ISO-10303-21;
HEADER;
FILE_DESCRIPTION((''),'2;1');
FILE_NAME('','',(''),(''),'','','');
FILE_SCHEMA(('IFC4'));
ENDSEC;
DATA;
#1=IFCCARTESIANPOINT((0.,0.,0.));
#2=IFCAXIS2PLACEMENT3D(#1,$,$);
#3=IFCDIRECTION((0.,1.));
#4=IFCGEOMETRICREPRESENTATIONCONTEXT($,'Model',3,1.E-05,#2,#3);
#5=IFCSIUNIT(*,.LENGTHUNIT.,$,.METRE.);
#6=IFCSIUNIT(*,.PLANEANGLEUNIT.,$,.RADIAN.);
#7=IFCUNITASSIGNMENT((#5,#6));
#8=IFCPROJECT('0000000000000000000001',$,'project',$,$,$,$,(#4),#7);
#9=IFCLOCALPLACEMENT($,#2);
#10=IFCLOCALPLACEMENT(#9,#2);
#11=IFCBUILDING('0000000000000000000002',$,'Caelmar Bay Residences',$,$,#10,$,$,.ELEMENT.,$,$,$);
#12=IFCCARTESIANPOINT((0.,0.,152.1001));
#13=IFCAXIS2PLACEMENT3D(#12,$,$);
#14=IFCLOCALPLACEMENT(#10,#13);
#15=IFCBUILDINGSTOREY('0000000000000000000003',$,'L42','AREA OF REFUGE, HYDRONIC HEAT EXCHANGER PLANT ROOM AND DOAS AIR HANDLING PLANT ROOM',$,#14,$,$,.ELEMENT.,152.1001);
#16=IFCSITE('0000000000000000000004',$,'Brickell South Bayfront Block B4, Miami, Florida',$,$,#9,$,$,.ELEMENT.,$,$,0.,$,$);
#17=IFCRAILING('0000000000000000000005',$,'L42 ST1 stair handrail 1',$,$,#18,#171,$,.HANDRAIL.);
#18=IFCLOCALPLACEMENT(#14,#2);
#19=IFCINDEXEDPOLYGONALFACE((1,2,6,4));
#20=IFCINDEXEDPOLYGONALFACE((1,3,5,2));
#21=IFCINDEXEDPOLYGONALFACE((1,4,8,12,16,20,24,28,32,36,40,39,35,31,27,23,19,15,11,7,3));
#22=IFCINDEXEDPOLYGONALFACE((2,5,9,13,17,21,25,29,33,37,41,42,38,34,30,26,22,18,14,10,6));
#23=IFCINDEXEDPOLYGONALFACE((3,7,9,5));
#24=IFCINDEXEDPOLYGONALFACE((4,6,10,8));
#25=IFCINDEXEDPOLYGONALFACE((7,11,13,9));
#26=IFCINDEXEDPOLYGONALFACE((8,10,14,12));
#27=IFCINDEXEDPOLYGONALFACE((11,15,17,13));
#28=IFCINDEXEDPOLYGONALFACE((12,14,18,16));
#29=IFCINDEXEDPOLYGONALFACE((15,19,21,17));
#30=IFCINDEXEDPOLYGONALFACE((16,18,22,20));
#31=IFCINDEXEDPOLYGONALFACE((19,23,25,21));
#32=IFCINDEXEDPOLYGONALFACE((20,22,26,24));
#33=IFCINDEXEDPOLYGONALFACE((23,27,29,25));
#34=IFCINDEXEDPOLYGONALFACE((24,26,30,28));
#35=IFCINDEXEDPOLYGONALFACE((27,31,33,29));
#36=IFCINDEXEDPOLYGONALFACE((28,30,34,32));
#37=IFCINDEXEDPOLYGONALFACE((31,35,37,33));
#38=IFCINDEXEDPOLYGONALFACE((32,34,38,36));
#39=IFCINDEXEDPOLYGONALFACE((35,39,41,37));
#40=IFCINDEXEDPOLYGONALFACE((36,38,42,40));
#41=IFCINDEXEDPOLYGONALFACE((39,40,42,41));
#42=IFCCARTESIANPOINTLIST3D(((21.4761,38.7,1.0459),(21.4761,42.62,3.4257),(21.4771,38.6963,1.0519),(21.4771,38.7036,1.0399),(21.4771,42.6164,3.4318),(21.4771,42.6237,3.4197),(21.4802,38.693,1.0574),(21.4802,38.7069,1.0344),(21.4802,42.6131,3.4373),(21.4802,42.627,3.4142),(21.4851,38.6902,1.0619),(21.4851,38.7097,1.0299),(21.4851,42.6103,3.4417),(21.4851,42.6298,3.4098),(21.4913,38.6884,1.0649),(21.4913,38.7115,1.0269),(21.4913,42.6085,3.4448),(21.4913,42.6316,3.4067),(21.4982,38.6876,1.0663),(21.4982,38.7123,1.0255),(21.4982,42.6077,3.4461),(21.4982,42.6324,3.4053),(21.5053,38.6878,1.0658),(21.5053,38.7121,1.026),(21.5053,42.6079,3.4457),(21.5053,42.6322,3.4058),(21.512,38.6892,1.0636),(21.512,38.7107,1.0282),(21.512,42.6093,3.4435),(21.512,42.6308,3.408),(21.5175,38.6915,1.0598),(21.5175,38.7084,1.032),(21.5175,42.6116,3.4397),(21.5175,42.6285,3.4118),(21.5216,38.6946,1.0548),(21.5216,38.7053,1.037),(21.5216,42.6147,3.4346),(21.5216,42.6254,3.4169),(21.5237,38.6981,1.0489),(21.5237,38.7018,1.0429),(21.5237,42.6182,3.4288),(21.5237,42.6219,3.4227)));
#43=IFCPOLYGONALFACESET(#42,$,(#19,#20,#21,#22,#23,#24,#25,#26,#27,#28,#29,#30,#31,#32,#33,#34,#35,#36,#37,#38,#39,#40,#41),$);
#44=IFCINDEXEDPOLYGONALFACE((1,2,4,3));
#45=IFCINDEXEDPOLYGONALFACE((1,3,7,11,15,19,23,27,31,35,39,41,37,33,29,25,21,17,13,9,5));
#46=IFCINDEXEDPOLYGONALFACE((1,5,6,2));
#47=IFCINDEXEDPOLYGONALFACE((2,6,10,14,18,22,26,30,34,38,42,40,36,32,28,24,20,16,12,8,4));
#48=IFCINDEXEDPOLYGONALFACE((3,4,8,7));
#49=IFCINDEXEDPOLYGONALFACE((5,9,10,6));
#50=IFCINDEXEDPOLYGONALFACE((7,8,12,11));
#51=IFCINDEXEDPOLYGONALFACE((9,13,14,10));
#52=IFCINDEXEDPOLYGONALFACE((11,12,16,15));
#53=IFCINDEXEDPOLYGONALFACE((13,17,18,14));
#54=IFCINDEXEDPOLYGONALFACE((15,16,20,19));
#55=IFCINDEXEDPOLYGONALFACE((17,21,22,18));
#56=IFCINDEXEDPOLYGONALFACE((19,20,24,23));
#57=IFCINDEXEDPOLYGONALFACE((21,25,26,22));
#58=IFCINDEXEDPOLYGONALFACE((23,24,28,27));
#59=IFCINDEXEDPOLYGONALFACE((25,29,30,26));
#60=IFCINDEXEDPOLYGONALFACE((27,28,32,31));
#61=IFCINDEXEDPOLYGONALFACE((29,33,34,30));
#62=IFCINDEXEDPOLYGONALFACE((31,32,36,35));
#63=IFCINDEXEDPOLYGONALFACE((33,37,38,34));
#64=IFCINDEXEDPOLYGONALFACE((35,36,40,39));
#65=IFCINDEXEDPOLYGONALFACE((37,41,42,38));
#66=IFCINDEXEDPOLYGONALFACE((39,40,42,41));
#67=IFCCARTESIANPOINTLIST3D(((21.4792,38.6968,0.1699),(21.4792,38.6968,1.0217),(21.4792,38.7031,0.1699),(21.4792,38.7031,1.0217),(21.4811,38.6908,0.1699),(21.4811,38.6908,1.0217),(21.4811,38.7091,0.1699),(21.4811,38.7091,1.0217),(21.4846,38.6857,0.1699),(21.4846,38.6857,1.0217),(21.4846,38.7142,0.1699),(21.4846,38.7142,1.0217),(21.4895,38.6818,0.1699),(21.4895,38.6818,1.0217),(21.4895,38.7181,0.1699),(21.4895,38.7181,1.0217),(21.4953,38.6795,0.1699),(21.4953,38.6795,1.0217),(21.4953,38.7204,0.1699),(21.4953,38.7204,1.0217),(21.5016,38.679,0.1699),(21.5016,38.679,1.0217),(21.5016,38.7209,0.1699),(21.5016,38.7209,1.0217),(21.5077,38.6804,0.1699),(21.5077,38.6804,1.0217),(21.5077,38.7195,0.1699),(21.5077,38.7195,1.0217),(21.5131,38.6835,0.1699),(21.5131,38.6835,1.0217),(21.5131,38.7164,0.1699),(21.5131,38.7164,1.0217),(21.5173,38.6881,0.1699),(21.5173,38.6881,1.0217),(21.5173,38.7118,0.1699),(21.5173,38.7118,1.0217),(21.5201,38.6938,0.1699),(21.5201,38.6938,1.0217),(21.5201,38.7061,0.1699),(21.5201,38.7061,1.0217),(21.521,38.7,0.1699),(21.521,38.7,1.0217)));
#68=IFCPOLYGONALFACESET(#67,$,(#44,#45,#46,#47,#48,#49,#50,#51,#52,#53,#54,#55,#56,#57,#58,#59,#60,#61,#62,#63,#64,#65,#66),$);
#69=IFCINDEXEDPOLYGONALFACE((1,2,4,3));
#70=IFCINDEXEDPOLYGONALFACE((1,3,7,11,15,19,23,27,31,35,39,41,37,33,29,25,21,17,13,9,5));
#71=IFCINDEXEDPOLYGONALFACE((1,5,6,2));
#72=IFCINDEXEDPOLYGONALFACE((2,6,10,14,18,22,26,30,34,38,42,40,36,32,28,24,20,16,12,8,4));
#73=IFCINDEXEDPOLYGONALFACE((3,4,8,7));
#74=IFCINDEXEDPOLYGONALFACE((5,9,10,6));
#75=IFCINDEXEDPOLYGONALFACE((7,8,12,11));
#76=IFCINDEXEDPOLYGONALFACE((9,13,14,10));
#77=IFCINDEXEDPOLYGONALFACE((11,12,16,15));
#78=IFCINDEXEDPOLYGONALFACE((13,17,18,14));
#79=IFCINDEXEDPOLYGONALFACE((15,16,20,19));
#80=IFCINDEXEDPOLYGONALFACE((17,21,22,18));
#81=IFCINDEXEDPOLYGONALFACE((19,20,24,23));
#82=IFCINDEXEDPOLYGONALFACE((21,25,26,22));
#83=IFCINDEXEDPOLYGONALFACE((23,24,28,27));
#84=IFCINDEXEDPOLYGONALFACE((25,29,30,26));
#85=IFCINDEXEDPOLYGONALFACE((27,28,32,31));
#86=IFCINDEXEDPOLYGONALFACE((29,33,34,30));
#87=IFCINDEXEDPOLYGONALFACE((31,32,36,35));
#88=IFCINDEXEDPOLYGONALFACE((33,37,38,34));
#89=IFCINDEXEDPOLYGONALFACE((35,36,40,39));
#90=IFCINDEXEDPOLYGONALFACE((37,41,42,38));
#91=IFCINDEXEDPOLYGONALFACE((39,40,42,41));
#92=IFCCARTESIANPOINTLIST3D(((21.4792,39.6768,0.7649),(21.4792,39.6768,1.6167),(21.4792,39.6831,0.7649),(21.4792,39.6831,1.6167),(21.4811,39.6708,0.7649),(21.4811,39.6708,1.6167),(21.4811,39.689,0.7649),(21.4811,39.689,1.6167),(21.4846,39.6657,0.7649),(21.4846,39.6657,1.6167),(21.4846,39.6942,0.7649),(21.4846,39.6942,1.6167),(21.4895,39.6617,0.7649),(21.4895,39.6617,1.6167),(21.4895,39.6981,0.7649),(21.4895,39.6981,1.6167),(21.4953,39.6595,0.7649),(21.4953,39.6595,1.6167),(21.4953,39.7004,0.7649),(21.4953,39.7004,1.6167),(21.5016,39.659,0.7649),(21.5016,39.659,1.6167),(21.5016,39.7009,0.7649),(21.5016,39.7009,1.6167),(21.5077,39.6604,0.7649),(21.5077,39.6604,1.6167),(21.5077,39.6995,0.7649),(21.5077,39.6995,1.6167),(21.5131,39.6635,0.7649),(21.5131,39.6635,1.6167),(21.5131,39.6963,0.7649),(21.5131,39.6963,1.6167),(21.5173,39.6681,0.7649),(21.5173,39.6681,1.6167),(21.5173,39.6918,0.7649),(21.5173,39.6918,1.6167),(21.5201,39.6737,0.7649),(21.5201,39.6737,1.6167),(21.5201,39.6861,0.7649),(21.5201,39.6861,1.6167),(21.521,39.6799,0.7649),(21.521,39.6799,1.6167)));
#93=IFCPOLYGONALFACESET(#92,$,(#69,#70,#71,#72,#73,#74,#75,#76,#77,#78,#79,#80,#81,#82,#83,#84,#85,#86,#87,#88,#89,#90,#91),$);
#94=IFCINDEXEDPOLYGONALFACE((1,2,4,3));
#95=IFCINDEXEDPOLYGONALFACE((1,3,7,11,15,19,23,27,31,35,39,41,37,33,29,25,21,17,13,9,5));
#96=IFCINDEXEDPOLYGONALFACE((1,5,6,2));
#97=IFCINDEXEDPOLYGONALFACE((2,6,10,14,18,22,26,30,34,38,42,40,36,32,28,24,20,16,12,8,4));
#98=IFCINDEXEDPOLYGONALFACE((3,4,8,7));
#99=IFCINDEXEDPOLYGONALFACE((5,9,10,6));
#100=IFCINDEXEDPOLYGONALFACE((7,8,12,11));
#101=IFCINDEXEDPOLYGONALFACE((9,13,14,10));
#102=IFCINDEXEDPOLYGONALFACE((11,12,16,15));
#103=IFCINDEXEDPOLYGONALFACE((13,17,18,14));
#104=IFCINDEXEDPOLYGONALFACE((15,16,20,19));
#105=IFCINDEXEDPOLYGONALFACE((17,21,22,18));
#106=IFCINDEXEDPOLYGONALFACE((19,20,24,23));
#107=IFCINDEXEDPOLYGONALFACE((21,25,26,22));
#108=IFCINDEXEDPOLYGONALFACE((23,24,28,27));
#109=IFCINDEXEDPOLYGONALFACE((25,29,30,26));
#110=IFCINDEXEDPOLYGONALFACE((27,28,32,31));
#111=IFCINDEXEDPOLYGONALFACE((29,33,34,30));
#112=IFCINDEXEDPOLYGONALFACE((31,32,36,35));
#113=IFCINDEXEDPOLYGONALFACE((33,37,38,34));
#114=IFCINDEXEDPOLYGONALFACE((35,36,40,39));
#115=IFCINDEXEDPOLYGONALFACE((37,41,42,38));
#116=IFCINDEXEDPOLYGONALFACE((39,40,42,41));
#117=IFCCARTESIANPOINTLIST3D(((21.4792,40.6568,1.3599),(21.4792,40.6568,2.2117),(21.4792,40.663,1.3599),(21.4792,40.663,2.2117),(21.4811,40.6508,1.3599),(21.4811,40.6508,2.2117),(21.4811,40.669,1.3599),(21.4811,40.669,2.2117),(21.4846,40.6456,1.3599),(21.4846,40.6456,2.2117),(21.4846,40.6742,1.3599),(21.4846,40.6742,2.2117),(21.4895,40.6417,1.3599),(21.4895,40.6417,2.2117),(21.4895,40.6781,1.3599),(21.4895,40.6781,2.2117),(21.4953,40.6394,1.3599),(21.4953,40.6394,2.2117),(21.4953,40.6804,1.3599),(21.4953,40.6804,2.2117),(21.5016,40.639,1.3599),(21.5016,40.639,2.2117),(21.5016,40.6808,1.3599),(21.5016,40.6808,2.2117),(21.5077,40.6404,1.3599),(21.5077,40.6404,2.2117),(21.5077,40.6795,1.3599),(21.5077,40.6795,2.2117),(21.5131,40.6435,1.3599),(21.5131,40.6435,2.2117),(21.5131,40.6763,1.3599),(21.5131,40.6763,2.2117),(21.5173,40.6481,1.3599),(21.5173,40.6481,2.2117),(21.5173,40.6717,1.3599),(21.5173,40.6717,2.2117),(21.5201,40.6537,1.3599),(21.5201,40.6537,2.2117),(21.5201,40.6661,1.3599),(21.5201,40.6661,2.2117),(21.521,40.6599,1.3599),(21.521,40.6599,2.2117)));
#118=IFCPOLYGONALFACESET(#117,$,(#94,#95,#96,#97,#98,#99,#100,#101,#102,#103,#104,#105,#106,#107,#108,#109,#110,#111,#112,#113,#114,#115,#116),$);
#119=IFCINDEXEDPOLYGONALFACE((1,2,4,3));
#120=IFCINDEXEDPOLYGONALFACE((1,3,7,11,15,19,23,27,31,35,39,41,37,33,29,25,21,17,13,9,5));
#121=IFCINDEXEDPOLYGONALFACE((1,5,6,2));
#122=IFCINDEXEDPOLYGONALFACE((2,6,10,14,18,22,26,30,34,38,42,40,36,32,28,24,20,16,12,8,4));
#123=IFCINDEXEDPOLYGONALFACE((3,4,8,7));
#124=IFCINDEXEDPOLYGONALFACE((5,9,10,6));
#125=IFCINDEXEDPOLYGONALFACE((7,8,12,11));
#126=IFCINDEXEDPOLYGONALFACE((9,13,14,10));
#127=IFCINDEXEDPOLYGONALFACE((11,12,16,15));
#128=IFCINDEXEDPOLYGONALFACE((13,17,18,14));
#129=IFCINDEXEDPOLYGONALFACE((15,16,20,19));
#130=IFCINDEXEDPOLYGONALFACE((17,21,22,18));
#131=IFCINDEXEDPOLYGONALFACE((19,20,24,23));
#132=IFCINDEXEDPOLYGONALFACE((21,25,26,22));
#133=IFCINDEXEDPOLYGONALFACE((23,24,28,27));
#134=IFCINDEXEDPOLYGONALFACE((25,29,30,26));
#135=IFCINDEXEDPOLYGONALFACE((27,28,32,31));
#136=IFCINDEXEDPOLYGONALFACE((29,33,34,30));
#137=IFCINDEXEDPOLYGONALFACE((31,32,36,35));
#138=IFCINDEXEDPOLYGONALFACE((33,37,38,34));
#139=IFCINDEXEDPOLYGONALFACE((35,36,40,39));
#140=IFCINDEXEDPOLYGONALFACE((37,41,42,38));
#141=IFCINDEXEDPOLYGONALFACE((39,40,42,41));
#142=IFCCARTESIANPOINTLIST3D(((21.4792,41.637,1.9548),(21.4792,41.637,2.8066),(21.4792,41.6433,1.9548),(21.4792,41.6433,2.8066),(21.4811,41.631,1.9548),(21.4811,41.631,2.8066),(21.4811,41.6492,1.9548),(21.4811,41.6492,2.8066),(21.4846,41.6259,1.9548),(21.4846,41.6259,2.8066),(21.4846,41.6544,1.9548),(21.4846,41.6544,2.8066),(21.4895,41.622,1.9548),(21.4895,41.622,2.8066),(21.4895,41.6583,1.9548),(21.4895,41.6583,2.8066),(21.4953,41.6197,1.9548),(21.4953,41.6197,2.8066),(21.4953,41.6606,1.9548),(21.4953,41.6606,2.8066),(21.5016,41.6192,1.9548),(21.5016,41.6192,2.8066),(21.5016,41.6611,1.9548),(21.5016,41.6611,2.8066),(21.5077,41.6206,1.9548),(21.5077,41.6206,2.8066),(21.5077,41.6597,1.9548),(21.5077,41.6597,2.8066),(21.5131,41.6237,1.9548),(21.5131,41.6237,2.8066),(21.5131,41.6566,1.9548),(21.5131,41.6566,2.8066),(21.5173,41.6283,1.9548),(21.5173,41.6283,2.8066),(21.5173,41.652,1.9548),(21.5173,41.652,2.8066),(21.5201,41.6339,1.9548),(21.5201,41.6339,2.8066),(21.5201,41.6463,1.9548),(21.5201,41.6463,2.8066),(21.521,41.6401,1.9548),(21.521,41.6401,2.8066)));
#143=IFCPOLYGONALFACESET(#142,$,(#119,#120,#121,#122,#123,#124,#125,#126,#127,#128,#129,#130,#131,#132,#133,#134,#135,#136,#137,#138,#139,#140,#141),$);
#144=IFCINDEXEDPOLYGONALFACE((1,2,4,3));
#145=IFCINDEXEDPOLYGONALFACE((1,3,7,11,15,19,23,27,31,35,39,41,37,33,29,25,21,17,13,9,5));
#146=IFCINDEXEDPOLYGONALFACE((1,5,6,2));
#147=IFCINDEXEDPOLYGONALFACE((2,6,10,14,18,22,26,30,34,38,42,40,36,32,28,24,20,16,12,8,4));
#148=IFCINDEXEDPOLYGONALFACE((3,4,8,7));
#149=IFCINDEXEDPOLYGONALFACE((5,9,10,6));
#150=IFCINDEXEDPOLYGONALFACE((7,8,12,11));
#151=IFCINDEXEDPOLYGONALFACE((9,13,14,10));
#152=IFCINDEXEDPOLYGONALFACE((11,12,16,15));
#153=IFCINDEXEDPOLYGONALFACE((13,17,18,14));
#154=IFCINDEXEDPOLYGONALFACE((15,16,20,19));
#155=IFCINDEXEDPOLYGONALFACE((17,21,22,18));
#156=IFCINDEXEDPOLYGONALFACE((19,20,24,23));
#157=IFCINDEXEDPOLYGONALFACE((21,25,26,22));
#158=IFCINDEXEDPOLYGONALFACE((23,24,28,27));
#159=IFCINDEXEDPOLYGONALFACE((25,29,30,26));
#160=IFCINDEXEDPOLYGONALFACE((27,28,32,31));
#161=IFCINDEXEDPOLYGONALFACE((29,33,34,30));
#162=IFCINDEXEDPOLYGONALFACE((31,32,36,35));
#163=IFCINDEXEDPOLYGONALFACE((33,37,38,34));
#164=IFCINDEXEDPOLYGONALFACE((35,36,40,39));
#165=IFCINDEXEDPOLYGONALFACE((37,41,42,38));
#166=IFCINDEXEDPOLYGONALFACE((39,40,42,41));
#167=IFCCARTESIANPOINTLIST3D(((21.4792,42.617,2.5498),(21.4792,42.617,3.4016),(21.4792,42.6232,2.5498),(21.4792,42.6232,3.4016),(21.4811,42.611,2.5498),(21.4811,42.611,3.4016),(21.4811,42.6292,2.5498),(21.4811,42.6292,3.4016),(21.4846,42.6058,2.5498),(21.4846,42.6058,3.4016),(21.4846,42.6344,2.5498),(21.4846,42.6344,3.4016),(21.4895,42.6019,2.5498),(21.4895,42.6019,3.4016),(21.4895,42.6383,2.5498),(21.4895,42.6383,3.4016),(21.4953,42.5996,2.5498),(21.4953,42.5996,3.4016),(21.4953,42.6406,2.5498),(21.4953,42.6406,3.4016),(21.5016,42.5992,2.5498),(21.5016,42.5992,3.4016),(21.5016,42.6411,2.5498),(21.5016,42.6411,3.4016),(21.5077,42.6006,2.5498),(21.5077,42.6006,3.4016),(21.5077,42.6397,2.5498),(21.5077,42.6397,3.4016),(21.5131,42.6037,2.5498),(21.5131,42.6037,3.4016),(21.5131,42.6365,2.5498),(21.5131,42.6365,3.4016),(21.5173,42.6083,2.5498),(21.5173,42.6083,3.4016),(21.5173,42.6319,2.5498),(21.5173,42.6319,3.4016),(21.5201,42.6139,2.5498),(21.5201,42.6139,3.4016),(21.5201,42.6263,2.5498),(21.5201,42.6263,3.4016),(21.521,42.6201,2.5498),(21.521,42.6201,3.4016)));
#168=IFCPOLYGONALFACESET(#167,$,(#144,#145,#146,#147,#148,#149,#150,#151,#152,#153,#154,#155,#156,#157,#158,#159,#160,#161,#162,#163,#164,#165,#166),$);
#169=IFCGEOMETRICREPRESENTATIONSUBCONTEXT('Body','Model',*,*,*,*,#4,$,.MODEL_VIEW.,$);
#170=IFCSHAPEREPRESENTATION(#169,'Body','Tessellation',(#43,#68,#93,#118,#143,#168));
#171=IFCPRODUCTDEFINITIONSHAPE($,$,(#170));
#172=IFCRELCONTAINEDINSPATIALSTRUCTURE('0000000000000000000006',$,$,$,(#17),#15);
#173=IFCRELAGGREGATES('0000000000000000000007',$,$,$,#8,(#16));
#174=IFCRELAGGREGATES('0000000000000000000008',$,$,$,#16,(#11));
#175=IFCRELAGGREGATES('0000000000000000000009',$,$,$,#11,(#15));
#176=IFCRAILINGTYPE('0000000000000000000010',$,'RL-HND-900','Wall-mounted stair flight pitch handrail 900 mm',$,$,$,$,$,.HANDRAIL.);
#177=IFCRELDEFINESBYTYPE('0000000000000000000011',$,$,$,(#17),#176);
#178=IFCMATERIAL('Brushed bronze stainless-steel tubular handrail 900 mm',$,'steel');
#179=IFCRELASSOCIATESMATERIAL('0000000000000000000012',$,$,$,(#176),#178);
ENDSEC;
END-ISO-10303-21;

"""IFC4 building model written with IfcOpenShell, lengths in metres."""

from ifc_helpers import new_model, si_unit, direction, frame, origin, origin_2d, place, context, subcontext, project, spatial, circle, extrude, material, type_object, element, save


model = new_model("IFC4")

# Units and contexts
model_context = context("Model", 3, precision=1e-05, world=origin(), true_north=direction((0.0, 1.0)))
body_context = subcontext(model_context, "Body", "Model", "MODEL_VIEW")
ifc_project = project(units=[si_unit("LENGTHUNIT", "METRE"), si_unit("PLANEANGLEUNIT", "RADIAN")], contexts=[model_context])

# Site, building, storey
site_placement = place(None, origin())
site = spatial("IfcSite", under=ifc_project, at=site_placement, Name="Brickell South Bayfront Block B4, Miami, Florida", CompositionType="ELEMENT", RefElevation=0.0)
building_placement = place(site_placement, origin())
building = spatial("IfcBuilding", under=site, at=building_placement, Name="Caelmar Bay Residences", CompositionType="ELEMENT")
storey_placement = place(building_placement, frame((0.0, 0.0, 152.1001)))
storey = spatial("IfcBuildingStorey", under=building, at=storey_placement, Name="L42", Description="AREA OF REFUGE, HYDRONIC HEAT EXCHANGER PLANT ROOM AND DOAS AIR HANDLING PLANT ROOM", CompositionType="ELEMENT", Elevation=152.1001)

# Railing
ifc_material_1 = material(Name="Brushed bronze stainless-steel tubular handrail 900 mm", Category="steel")
railing_type_1 = type_object("IfcRailingType", Name="RL-HND-900", Description="Wall-mounted stair flight pitch handrail 900 mm", PredefinedType="HANDRAIL", material=ifc_material_1)
railing_1_placement = place(storey_placement, frame((21.5, 38.7, 0.1699)))
element("IfcRailing", 1, at=railing_1_placement, inside=storey, type_object=railing_type_1, Name="L42 ST1 stair handrail 1", PredefinedType="HANDRAIL", context=body_context, shape_type="SweptSolid", body=[
    extrude(circle(Radius=0.0239, at=origin_2d()), frame((0.0, 0.0, 0.876), z_axis=(0.0, 0.854809, 0.518943), x_axis=(-1.0, 0.0, 0.0)), (0.0, 0.0, 1.0), 4.5859),
    extrude(circle(Radius=0.021, at=origin_2d()), origin(), (0.0, 0.0, 1.0), 0.8518),
    extrude(circle(Radius=0.021, at=origin_2d()), frame((0.0, 0.98, 0.595)), (0.0, 0.0, 1.0), 0.8518),
    extrude(circle(Radius=0.021, at=origin_2d()), frame((0.0, 1.96, 1.1899)), (0.0, 0.0, 1.0), 0.8518),
    extrude(circle(Radius=0.021, at=origin_2d()), frame((0.0, 2.9402, 1.7849)), (0.0, 0.0, 1.0), 0.8518),
    extrude(circle(Radius=0.021, at=origin_2d()), frame((0.0, 3.9202, 2.3799)), (0.0, 0.0, 1.0), 0.8518),
])

save(model, "model.ifc")
